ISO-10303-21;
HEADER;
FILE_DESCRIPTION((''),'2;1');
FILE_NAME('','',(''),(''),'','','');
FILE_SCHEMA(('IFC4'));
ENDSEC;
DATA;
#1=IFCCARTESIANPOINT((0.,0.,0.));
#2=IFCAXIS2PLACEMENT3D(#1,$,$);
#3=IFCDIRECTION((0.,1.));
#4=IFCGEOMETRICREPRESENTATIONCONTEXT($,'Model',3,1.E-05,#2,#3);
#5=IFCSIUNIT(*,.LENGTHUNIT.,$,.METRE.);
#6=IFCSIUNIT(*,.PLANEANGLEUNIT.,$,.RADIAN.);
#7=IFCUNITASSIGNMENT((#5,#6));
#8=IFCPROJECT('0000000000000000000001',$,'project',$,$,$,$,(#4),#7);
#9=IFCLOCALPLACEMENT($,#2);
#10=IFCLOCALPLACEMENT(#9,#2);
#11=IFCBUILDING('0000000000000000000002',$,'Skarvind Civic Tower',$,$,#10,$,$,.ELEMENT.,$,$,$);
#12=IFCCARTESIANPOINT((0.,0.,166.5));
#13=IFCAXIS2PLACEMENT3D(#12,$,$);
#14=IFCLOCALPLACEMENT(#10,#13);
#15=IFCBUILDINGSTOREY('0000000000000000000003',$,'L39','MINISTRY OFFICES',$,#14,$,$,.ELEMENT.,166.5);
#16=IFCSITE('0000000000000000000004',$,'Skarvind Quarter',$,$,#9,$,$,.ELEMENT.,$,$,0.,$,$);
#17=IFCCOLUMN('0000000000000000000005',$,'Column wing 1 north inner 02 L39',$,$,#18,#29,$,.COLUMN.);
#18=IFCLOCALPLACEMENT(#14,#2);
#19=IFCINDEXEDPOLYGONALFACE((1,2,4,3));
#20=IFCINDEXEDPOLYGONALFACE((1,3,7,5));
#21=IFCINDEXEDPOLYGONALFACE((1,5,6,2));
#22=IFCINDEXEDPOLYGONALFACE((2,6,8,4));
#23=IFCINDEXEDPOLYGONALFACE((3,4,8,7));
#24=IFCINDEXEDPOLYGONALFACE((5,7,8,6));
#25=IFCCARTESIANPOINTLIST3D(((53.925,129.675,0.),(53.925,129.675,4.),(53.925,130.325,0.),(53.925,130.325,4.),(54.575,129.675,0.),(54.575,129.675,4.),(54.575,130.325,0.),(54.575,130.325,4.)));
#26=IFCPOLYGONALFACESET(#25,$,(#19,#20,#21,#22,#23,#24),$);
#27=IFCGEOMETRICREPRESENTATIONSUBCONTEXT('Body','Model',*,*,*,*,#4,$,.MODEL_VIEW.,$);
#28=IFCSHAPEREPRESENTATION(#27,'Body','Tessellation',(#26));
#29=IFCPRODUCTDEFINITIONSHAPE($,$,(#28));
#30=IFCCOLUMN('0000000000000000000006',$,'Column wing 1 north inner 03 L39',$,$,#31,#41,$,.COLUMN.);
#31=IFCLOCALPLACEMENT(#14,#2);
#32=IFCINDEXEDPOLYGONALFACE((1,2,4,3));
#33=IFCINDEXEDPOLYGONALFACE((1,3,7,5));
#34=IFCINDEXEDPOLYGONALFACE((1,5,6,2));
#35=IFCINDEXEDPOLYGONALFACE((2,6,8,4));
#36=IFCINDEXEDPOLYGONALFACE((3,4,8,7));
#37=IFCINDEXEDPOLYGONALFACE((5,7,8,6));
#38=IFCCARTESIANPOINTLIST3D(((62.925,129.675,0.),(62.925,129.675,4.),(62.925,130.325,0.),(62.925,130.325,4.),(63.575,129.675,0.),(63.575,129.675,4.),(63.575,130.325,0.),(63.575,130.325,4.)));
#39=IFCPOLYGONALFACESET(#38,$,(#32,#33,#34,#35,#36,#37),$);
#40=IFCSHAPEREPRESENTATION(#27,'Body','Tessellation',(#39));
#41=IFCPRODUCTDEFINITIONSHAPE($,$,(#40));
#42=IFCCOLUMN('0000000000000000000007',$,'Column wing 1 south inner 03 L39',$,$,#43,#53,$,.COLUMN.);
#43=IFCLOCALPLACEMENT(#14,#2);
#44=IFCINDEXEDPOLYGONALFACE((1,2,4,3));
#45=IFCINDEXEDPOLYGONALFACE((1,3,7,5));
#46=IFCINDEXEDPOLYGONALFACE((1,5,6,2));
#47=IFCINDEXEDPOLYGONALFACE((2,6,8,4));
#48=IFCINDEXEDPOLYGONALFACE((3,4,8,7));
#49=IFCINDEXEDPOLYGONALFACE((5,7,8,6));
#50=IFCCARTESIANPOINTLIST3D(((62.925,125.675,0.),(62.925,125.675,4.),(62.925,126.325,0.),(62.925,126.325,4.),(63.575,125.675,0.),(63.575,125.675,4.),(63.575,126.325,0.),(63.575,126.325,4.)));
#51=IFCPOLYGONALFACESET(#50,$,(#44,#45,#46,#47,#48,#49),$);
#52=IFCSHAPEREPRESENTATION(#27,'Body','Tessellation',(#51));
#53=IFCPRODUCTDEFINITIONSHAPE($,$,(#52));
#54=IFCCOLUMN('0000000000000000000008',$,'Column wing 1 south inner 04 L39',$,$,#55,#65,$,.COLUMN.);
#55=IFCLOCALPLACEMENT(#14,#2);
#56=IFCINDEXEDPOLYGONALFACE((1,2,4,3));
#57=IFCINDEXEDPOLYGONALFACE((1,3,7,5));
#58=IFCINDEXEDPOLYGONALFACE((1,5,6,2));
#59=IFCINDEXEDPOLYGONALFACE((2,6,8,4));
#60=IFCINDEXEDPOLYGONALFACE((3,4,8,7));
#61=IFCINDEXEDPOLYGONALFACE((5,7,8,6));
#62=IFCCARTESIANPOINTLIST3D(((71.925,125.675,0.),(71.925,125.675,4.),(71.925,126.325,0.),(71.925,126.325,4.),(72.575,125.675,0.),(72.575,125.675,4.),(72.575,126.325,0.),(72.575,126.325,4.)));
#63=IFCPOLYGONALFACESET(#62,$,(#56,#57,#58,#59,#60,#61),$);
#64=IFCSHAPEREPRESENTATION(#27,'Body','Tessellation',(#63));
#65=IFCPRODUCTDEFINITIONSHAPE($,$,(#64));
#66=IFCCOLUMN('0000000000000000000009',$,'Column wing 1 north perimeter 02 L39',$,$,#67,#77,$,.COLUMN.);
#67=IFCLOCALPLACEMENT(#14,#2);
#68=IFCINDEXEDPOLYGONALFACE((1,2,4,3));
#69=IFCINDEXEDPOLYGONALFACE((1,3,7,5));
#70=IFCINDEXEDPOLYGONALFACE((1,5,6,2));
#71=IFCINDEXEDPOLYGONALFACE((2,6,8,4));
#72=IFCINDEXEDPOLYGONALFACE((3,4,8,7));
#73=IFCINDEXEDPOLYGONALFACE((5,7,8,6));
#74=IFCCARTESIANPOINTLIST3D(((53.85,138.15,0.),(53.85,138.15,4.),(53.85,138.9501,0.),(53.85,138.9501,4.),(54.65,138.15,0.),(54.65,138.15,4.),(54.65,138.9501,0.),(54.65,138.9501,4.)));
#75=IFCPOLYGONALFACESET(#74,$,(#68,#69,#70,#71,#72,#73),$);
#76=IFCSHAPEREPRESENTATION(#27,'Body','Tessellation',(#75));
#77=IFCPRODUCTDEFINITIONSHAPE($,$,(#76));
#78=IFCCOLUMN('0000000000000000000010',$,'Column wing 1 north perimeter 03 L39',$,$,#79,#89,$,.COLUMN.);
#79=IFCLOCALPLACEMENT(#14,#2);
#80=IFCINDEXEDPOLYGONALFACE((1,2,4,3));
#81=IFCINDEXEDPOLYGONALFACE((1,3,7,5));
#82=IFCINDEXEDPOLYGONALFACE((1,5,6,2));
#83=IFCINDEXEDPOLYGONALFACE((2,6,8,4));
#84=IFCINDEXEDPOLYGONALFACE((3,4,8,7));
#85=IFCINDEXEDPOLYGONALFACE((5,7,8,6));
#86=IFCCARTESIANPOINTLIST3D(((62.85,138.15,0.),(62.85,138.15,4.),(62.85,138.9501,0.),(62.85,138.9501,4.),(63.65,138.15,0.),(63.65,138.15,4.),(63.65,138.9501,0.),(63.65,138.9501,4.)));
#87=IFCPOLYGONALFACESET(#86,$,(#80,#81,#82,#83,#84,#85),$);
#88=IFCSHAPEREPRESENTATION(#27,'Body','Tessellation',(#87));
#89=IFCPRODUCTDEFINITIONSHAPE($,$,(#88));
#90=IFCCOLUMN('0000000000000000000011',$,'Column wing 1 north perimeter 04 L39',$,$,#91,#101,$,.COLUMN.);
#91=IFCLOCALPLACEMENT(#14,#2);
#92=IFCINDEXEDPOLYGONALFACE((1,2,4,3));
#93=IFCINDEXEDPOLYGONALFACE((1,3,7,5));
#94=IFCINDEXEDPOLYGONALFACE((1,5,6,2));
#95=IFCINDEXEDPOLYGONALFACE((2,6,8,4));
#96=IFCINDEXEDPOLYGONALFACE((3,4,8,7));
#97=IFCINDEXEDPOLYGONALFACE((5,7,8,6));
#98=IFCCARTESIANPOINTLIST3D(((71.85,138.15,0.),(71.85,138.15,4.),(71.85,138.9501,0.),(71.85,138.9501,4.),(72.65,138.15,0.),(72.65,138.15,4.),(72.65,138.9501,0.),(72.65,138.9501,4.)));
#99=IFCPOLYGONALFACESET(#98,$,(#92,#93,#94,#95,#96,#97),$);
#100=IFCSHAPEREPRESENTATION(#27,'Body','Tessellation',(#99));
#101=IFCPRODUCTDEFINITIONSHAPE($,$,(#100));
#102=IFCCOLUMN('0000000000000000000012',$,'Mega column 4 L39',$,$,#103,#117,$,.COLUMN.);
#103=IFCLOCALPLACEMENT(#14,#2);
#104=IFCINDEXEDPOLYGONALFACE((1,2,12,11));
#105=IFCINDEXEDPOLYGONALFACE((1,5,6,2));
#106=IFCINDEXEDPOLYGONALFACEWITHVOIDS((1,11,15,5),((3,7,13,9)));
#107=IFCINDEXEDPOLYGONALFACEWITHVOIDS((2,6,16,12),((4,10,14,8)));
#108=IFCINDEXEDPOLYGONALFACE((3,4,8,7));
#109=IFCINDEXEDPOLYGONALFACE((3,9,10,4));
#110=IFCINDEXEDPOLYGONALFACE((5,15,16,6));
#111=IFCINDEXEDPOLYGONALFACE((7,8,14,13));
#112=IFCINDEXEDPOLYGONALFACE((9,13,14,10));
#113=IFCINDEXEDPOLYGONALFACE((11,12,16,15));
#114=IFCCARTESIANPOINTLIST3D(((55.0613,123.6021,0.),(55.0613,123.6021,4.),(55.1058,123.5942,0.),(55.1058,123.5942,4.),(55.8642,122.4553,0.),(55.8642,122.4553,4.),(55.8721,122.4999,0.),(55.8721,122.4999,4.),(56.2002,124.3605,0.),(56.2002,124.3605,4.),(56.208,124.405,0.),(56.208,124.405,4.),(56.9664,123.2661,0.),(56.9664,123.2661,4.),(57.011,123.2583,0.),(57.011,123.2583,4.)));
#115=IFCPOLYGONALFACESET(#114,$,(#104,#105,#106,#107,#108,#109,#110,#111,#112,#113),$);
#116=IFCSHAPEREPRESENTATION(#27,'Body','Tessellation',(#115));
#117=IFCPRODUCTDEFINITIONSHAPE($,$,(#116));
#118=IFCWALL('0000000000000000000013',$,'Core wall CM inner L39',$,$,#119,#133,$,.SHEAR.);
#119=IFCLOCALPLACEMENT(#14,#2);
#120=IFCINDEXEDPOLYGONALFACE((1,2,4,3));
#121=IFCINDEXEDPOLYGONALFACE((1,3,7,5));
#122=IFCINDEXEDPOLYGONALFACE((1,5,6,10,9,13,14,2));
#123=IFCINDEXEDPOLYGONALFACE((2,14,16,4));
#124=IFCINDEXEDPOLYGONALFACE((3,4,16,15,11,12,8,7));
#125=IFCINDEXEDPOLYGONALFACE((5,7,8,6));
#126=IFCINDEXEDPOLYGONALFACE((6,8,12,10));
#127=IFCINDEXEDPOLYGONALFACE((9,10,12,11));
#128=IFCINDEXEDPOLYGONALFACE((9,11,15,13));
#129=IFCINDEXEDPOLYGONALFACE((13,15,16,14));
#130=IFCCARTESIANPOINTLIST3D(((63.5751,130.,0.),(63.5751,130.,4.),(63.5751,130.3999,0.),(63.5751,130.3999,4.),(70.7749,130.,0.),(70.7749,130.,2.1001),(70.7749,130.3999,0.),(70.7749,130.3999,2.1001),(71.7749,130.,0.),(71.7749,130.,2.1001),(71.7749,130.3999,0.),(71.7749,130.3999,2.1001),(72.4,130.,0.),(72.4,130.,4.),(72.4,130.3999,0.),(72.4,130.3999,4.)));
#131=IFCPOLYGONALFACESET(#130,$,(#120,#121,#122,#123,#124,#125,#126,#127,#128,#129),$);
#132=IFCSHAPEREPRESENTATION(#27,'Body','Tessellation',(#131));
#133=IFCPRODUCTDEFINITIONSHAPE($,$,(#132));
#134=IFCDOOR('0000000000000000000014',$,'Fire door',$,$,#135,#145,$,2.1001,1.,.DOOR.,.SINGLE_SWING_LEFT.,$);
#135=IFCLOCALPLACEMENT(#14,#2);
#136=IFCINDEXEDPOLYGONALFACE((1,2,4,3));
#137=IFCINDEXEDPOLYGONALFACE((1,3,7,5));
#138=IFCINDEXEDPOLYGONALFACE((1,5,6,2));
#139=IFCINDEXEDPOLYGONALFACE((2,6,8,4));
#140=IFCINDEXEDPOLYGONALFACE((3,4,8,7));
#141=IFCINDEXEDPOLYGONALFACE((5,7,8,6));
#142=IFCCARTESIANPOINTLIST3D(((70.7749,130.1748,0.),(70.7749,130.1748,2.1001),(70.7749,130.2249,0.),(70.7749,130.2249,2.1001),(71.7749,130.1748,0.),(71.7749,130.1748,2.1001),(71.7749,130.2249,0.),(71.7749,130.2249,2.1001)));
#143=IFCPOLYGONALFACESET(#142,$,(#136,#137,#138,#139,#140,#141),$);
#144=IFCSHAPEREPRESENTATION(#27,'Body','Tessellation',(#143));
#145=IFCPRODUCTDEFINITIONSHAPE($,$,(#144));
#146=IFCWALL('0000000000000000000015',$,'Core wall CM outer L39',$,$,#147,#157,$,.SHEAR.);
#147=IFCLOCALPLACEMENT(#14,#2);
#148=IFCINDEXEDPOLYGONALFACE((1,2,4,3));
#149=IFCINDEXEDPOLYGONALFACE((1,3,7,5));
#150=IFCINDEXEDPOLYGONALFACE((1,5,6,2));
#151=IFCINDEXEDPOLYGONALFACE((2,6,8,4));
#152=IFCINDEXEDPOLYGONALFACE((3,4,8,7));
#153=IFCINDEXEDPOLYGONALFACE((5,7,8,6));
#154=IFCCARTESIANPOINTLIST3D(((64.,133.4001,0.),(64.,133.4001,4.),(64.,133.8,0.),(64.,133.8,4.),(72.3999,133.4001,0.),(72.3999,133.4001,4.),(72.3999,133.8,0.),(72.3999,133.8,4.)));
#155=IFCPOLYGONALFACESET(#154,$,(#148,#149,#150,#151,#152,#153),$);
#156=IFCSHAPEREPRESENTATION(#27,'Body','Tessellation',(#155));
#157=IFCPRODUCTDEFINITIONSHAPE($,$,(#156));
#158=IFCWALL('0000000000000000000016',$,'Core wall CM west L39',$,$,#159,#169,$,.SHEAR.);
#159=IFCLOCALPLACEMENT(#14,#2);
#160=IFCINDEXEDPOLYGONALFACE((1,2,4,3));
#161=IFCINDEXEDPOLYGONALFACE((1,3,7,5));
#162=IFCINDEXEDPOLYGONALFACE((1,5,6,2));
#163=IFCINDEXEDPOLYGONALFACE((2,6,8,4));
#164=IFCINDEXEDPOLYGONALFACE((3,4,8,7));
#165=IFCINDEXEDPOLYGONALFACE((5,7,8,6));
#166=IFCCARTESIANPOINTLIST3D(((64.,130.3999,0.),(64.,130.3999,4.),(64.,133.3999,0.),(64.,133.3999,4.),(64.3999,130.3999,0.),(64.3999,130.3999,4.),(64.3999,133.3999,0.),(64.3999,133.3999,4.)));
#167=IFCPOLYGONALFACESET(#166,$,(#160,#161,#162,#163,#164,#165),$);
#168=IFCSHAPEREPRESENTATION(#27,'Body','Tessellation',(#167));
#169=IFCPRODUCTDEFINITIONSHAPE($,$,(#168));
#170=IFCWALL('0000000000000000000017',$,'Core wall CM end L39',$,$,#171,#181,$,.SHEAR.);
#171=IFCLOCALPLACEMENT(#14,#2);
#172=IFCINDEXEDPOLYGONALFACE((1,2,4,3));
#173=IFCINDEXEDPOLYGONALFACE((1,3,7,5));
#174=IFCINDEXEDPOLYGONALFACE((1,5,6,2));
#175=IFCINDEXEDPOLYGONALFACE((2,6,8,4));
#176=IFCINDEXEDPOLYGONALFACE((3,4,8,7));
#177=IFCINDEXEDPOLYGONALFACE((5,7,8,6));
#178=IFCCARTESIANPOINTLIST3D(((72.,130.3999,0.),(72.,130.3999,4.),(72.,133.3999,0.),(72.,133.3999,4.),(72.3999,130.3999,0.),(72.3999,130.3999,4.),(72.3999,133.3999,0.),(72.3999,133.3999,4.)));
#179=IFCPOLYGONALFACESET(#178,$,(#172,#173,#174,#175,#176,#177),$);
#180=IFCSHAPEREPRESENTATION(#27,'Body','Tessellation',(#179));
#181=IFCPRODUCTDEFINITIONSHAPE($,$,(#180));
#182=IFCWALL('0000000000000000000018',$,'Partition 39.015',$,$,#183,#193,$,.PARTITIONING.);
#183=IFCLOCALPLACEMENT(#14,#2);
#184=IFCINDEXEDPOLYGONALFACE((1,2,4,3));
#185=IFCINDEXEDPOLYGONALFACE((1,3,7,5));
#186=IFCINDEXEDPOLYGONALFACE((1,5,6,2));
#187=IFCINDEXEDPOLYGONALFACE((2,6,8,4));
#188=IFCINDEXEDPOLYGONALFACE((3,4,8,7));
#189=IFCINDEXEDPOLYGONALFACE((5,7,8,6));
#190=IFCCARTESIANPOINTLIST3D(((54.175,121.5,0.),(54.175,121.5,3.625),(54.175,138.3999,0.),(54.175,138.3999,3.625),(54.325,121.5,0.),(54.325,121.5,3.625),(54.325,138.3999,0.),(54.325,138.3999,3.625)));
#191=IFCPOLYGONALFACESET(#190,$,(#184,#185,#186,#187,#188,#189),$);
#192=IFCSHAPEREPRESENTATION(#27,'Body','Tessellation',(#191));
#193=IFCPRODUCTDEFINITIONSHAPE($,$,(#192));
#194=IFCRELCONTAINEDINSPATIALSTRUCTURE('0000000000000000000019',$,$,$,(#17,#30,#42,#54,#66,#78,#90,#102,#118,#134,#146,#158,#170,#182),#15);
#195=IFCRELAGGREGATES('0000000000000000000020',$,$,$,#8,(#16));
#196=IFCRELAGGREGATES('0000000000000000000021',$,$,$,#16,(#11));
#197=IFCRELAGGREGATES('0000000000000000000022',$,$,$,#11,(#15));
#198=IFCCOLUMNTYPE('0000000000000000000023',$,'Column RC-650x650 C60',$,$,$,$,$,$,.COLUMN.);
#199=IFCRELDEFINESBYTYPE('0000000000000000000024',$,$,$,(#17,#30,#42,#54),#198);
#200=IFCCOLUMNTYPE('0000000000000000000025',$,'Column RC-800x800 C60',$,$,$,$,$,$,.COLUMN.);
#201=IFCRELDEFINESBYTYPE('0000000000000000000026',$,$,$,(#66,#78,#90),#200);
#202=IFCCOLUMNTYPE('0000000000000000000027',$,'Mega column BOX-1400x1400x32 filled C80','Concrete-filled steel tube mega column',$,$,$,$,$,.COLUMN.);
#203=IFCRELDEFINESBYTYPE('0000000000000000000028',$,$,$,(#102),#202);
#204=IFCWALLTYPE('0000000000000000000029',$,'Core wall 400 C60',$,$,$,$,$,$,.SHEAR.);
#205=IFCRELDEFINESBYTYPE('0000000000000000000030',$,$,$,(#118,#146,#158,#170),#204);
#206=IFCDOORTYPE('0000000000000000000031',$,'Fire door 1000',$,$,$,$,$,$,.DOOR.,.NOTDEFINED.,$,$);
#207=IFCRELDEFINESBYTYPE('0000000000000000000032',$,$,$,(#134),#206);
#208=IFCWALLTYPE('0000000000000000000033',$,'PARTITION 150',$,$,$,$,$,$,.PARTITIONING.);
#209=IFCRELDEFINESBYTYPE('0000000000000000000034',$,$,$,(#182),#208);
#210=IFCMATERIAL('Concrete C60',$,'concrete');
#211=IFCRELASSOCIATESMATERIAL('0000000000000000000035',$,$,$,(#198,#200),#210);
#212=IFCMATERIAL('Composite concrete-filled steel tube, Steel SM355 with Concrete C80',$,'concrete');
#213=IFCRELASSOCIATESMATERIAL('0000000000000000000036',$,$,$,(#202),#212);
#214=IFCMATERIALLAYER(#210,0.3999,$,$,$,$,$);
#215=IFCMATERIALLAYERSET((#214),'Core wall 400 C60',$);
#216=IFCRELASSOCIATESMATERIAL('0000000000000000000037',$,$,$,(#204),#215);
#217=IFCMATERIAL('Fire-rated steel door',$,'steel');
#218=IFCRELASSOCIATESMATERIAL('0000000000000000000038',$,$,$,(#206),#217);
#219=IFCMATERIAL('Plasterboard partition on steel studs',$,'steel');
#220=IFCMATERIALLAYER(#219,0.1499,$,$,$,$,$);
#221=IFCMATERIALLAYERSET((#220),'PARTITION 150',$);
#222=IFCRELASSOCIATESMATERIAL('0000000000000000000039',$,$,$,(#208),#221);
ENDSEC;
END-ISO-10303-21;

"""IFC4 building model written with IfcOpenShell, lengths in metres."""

from ifc_helpers import new_model, si_unit, direction, frame, frame_2d, origin, origin_2d, place, context, subcontext, project, spatial, rectangle, hollow_rectangle, extrude, material, layer, layer_set, material_profile, profile_set, type_object, element, fill, save


model = new_model("IFC4")

# Units and contexts
model_context = context("Model", 3, precision=1e-05, world=origin(), true_north=direction((0.0, 1.0)))
body_context = subcontext(model_context, "Body", "Model", "MODEL_VIEW")
ifc_project = project(units=[si_unit("LENGTHUNIT", "METRE"), si_unit("PLANEANGLEUNIT", "RADIAN")], contexts=[model_context])

# Site, building, storey
site_placement = place(None, origin())
site = spatial("IfcSite", under=ifc_project, at=site_placement, Name="Skarvind Quarter", CompositionType="ELEMENT", RefElevation=0.0)
building_placement = place(site_placement, origin())
building = spatial("IfcBuilding", under=site, at=building_placement, Name="Skarvind Civic Tower", CompositionType="ELEMENT")
storey_placement = place(building_placement, frame((0.0, 0.0, 166.5)))
storey = spatial("IfcBuildingStorey", under=building, at=storey_placement, Name="L39", Description="MINISTRY OFFICES", CompositionType="ELEMENT", Elevation=166.5)

# Columns
ifc_material_1 = material(Name="Concrete C60", Category="concrete")
ifc_material_profile_1 = material_profile(ifc_material_1, rectangle(XDim=0.6499, YDim=0.6499, at=origin_2d()), Name="RC-650x650")
ifc_profile_set_1 = profile_set([ifc_material_profile_1], Name="Concrete C60")
column_type_1 = type_object("IfcColumnType", Name="Column RC-650x650 C60", PredefinedType="COLUMN", material=ifc_profile_set_1)
for number, where, z_axis, x_axis, name in (
    (1, (54.25, 130.0, 0.0), (0.0, 0.0, 1.0), (1.0, 0.0, 0.0), "Column wing 1 north inner 02 L39"),
    (2, (63.25, 130.0, 0.0), (0.0, 0.0, 1.0), (1.0, 0.0, 0.0), "Column wing 1 north inner 03 L39"),
    (3, (63.25, 126.0, 0.0), (0.0, 0.0, 1.0), (1.0, 0.0, 0.0), "Column wing 1 south inner 03 L39"),
    (4, (72.25, 126.0, 0.0), (0.0, 0.0, 1.0), (1.0, 0.0, 0.0), "Column wing 1 south inner 04 L39"),
):
    element("IfcColumn", number, at=place(storey_placement, frame(where, z_axis=z_axis, x_axis=x_axis)), inside=storey, type_object=column_type_1, Name=name, PredefinedType="COLUMN", context=body_context, shape_type="SweptSolid", body=[
        extrude(rectangle(XDim=0.6499, YDim=0.6499, at=origin_2d()), origin(), (0.0, 0.0, 1.0), 4.0),
    ])
ifc_material_profile_2 = material_profile(ifc_material_1, rectangle(XDim=0.8, YDim=0.8, at=origin_2d()), Name="RC-800x800")
ifc_profile_set_2 = profile_set([ifc_material_profile_2], Name="Concrete C60")
column_type_2 = type_object("IfcColumnType", Name="Column RC-800x800 C60", PredefinedType="COLUMN", material=ifc_profile_set_2)
for number, where, z_axis, x_axis, name in (
    (5, (54.25, 138.55, 0.0), (0.0, 0.0, 1.0), (1.0, 0.0, 0.0), "Column wing 1 north perimeter 02 L39"),
    (6, (63.25, 138.55, 0.0), (0.0, 0.0, 1.0), (1.0, 0.0, 0.0), "Column wing 1 north perimeter 03 L39"),
    (7, (72.25, 138.55, 0.0), (0.0, 0.0, 1.0), (1.0, 0.0, 0.0), "Column wing 1 north perimeter 04 L39"),
):
    element("IfcColumn", number, at=place(storey_placement, frame(where, z_axis=z_axis, x_axis=x_axis)), inside=storey, type_object=column_type_2, Name=name, PredefinedType="COLUMN", context=body_context, shape_type="SweptSolid", body=[
        extrude(rectangle(XDim=0.8, YDim=0.8, at=origin_2d()), origin(), (0.0, 0.0, 1.0), 4.0),
    ])
ifc_material_2 = material(Name="Composite concrete-filled steel tube, Steel SM355 with Concrete C80", Category="concrete")
ifc_material_profile_3 = material_profile(ifc_material_2, hollow_rectangle(XDim=1.3999, YDim=1.3999, WallThickness=0.032, at=origin_2d()), Name="BOX-1400x1400x32")
ifc_profile_set_3 = profile_set([ifc_material_profile_3], Name="Composite concrete-filled steel tube, Steel SM355 with Concrete C80")
column_type_3 = type_object("IfcColumnType", Name="Mega column BOX-1400x1400x32 filled C80", Description="Concrete-filled steel tube mega column", PredefinedType="COLUMN", material=ifc_profile_set_3)
column_placement = place(storey_placement, frame((56.0361, 123.4302, 0.0), z_axis=(0.0, 0.0, 1.0), x_axis=(0.573576, -0.819152, 0.0)))
element("IfcColumn", 8, at=column_placement, inside=storey, type_object=column_type_3, Name="Mega column 4 L39", PredefinedType="COLUMN", context=body_context, shape_type="SweptSolid", body=[
    extrude(hollow_rectangle(XDim=1.3999, YDim=1.3999, WallThickness=0.032, at=origin_2d()), origin(), (0.0, 0.0, 1.0), 4.0),
])

# Wall, opening, door
ifc_layer_1 = layer(ifc_material_1, 0.3999)
ifc_layer_set_1 = layer_set([ifc_layer_1], Name="Core wall 400 C60")
wall_type_1 = type_object("IfcWallType", Name="Core wall 400 C60", PredefinedType="SHEAR", material=ifc_layer_set_1)
wall_1_placement = place(storey_placement, frame((63.575, 130.2, 0.0), z_axis=(0.0, 0.0, 1.0), x_axis=(1.0, 0.0, 0.0)))
wall_1 = element("IfcWall", 9, at=wall_1_placement, inside=storey, type_object=wall_type_1, Name="Core wall CM inner L39", PredefinedType="SHEAR", context=body_context, shape_type="SweptSolid", body=[
    extrude(rectangle(XDim=8.825, YDim=0.3999, at=frame_2d((4.4126, 0.0))), origin(), (0.0, 0.0, 1.0), 4.0),
])
opening_1_placement = place(wall_1_placement, frame((7.2, 0.0, 0.0)))
opening_1 = element("IfcOpeningElement", 10, at=opening_1_placement, cuts=wall_1, PredefinedType="OPENING", context=body_context, shape_type="SweptSolid", body=[
    extrude(rectangle(XDim=1.0, YDim=2.1001, at=frame_2d((0.5, 1.05))), frame((0.0, 0.21, 0.0), z_axis=(0.0, -1.0, 0.0), x_axis=(1.0, 0.0, 0.0)), (0.0, 0.0, 1.0), 0.4199),
])
ifc_material_3 = material(Name="Fire-rated steel door", Category="steel")
door_type_1 = type_object("IfcDoorType", Name="Fire door 1000", OperationType="NOTDEFINED", PredefinedType="DOOR", material=ifc_material_3)
door_1_placement = place(opening_1_placement, origin())
door_1 = element("IfcDoor", 11, at=door_1_placement, inside=storey, type_object=door_type_1, Name="Fire door", OperationType="SINGLE_SWING_LEFT", OverallHeight=2.1001, OverallWidth=1.0, PredefinedType="DOOR", context=body_context, shape_type="SweptSolid", body=[
    extrude(rectangle(XDim=1.0, YDim=2.1001, at=frame_2d((0.5, 1.05))), frame((0.0, 0.0249, 0.0), z_axis=(0.0, -1.0, 0.0), x_axis=(1.0, 0.0, 0.0)), (0.0, 0.0, 1.0), 0.05),
])
fill(opening_1, door_1)

# Walls
wall_2_placement = place(storey_placement, frame((64.0, 133.6001, 0.0), z_axis=(0.0, 0.0, 1.0), x_axis=(1.0, 0.0, 0.0)))
element("IfcWall", 12, at=wall_2_placement, inside=storey, type_object=wall_type_1, Name="Core wall CM outer L39", PredefinedType="SHEAR", context=body_context, shape_type="SweptSolid", body=[
    extrude(rectangle(XDim=8.3999, YDim=0.3999, at=frame_2d((4.2, 0.0))), origin(), (0.0, 0.0, 1.0), 4.0),
])
for number, where, z_axis, x_axis, name in (
    (13, (64.2, 130.3999, 0.0), (0.0, 0.0, 1.0), (0.0, 1.0, 0.0), "Core wall CM west L39"),
    (14, (72.2, 130.3999, 0.0), (0.0, 0.0, 1.0), (0.0, 1.0, 0.0), "Core wall CM end L39"),
):
    element("IfcWall", number, at=place(storey_placement, frame(where, z_axis=z_axis, x_axis=x_axis)), inside=storey, type_object=wall_type_1, Name=name, PredefinedType="SHEAR", context=body_context, shape_type="SweptSolid", body=[
        extrude(rectangle(XDim=3.0, YDim=0.3999, at=frame_2d((1.5, 0.0))), origin(), (0.0, 0.0, 1.0), 4.0),
    ])
ifc_material_4 = material(Name="Plasterboard partition on steel studs", Category="steel")
ifc_layer_2 = layer(ifc_material_4, 0.1499)
ifc_layer_set_2 = layer_set([ifc_layer_2], Name="PARTITION 150")
wall_type_2 = type_object("IfcWallType", Name="PARTITION 150", PredefinedType="PARTITIONING", material=ifc_layer_set_2)
wall_3_placement = place(storey_placement, frame((54.25, 138.3999, 0.0), z_axis=(0.0, 0.0, 1.0), x_axis=(0.0, -1.0, 0.0)))
element("IfcWall", 15, at=wall_3_placement, inside=storey, type_object=wall_type_2, Name="Partition 39.015", PredefinedType="PARTITIONING", context=body_context, shape_type="SweptSolid", body=[
    extrude(rectangle(XDim=16.8999, YDim=0.1499, at=frame_2d((8.45, 0.0))), origin(), (0.0, 0.0, 1.0), 3.625),
])

save(model, "model.ifc")
